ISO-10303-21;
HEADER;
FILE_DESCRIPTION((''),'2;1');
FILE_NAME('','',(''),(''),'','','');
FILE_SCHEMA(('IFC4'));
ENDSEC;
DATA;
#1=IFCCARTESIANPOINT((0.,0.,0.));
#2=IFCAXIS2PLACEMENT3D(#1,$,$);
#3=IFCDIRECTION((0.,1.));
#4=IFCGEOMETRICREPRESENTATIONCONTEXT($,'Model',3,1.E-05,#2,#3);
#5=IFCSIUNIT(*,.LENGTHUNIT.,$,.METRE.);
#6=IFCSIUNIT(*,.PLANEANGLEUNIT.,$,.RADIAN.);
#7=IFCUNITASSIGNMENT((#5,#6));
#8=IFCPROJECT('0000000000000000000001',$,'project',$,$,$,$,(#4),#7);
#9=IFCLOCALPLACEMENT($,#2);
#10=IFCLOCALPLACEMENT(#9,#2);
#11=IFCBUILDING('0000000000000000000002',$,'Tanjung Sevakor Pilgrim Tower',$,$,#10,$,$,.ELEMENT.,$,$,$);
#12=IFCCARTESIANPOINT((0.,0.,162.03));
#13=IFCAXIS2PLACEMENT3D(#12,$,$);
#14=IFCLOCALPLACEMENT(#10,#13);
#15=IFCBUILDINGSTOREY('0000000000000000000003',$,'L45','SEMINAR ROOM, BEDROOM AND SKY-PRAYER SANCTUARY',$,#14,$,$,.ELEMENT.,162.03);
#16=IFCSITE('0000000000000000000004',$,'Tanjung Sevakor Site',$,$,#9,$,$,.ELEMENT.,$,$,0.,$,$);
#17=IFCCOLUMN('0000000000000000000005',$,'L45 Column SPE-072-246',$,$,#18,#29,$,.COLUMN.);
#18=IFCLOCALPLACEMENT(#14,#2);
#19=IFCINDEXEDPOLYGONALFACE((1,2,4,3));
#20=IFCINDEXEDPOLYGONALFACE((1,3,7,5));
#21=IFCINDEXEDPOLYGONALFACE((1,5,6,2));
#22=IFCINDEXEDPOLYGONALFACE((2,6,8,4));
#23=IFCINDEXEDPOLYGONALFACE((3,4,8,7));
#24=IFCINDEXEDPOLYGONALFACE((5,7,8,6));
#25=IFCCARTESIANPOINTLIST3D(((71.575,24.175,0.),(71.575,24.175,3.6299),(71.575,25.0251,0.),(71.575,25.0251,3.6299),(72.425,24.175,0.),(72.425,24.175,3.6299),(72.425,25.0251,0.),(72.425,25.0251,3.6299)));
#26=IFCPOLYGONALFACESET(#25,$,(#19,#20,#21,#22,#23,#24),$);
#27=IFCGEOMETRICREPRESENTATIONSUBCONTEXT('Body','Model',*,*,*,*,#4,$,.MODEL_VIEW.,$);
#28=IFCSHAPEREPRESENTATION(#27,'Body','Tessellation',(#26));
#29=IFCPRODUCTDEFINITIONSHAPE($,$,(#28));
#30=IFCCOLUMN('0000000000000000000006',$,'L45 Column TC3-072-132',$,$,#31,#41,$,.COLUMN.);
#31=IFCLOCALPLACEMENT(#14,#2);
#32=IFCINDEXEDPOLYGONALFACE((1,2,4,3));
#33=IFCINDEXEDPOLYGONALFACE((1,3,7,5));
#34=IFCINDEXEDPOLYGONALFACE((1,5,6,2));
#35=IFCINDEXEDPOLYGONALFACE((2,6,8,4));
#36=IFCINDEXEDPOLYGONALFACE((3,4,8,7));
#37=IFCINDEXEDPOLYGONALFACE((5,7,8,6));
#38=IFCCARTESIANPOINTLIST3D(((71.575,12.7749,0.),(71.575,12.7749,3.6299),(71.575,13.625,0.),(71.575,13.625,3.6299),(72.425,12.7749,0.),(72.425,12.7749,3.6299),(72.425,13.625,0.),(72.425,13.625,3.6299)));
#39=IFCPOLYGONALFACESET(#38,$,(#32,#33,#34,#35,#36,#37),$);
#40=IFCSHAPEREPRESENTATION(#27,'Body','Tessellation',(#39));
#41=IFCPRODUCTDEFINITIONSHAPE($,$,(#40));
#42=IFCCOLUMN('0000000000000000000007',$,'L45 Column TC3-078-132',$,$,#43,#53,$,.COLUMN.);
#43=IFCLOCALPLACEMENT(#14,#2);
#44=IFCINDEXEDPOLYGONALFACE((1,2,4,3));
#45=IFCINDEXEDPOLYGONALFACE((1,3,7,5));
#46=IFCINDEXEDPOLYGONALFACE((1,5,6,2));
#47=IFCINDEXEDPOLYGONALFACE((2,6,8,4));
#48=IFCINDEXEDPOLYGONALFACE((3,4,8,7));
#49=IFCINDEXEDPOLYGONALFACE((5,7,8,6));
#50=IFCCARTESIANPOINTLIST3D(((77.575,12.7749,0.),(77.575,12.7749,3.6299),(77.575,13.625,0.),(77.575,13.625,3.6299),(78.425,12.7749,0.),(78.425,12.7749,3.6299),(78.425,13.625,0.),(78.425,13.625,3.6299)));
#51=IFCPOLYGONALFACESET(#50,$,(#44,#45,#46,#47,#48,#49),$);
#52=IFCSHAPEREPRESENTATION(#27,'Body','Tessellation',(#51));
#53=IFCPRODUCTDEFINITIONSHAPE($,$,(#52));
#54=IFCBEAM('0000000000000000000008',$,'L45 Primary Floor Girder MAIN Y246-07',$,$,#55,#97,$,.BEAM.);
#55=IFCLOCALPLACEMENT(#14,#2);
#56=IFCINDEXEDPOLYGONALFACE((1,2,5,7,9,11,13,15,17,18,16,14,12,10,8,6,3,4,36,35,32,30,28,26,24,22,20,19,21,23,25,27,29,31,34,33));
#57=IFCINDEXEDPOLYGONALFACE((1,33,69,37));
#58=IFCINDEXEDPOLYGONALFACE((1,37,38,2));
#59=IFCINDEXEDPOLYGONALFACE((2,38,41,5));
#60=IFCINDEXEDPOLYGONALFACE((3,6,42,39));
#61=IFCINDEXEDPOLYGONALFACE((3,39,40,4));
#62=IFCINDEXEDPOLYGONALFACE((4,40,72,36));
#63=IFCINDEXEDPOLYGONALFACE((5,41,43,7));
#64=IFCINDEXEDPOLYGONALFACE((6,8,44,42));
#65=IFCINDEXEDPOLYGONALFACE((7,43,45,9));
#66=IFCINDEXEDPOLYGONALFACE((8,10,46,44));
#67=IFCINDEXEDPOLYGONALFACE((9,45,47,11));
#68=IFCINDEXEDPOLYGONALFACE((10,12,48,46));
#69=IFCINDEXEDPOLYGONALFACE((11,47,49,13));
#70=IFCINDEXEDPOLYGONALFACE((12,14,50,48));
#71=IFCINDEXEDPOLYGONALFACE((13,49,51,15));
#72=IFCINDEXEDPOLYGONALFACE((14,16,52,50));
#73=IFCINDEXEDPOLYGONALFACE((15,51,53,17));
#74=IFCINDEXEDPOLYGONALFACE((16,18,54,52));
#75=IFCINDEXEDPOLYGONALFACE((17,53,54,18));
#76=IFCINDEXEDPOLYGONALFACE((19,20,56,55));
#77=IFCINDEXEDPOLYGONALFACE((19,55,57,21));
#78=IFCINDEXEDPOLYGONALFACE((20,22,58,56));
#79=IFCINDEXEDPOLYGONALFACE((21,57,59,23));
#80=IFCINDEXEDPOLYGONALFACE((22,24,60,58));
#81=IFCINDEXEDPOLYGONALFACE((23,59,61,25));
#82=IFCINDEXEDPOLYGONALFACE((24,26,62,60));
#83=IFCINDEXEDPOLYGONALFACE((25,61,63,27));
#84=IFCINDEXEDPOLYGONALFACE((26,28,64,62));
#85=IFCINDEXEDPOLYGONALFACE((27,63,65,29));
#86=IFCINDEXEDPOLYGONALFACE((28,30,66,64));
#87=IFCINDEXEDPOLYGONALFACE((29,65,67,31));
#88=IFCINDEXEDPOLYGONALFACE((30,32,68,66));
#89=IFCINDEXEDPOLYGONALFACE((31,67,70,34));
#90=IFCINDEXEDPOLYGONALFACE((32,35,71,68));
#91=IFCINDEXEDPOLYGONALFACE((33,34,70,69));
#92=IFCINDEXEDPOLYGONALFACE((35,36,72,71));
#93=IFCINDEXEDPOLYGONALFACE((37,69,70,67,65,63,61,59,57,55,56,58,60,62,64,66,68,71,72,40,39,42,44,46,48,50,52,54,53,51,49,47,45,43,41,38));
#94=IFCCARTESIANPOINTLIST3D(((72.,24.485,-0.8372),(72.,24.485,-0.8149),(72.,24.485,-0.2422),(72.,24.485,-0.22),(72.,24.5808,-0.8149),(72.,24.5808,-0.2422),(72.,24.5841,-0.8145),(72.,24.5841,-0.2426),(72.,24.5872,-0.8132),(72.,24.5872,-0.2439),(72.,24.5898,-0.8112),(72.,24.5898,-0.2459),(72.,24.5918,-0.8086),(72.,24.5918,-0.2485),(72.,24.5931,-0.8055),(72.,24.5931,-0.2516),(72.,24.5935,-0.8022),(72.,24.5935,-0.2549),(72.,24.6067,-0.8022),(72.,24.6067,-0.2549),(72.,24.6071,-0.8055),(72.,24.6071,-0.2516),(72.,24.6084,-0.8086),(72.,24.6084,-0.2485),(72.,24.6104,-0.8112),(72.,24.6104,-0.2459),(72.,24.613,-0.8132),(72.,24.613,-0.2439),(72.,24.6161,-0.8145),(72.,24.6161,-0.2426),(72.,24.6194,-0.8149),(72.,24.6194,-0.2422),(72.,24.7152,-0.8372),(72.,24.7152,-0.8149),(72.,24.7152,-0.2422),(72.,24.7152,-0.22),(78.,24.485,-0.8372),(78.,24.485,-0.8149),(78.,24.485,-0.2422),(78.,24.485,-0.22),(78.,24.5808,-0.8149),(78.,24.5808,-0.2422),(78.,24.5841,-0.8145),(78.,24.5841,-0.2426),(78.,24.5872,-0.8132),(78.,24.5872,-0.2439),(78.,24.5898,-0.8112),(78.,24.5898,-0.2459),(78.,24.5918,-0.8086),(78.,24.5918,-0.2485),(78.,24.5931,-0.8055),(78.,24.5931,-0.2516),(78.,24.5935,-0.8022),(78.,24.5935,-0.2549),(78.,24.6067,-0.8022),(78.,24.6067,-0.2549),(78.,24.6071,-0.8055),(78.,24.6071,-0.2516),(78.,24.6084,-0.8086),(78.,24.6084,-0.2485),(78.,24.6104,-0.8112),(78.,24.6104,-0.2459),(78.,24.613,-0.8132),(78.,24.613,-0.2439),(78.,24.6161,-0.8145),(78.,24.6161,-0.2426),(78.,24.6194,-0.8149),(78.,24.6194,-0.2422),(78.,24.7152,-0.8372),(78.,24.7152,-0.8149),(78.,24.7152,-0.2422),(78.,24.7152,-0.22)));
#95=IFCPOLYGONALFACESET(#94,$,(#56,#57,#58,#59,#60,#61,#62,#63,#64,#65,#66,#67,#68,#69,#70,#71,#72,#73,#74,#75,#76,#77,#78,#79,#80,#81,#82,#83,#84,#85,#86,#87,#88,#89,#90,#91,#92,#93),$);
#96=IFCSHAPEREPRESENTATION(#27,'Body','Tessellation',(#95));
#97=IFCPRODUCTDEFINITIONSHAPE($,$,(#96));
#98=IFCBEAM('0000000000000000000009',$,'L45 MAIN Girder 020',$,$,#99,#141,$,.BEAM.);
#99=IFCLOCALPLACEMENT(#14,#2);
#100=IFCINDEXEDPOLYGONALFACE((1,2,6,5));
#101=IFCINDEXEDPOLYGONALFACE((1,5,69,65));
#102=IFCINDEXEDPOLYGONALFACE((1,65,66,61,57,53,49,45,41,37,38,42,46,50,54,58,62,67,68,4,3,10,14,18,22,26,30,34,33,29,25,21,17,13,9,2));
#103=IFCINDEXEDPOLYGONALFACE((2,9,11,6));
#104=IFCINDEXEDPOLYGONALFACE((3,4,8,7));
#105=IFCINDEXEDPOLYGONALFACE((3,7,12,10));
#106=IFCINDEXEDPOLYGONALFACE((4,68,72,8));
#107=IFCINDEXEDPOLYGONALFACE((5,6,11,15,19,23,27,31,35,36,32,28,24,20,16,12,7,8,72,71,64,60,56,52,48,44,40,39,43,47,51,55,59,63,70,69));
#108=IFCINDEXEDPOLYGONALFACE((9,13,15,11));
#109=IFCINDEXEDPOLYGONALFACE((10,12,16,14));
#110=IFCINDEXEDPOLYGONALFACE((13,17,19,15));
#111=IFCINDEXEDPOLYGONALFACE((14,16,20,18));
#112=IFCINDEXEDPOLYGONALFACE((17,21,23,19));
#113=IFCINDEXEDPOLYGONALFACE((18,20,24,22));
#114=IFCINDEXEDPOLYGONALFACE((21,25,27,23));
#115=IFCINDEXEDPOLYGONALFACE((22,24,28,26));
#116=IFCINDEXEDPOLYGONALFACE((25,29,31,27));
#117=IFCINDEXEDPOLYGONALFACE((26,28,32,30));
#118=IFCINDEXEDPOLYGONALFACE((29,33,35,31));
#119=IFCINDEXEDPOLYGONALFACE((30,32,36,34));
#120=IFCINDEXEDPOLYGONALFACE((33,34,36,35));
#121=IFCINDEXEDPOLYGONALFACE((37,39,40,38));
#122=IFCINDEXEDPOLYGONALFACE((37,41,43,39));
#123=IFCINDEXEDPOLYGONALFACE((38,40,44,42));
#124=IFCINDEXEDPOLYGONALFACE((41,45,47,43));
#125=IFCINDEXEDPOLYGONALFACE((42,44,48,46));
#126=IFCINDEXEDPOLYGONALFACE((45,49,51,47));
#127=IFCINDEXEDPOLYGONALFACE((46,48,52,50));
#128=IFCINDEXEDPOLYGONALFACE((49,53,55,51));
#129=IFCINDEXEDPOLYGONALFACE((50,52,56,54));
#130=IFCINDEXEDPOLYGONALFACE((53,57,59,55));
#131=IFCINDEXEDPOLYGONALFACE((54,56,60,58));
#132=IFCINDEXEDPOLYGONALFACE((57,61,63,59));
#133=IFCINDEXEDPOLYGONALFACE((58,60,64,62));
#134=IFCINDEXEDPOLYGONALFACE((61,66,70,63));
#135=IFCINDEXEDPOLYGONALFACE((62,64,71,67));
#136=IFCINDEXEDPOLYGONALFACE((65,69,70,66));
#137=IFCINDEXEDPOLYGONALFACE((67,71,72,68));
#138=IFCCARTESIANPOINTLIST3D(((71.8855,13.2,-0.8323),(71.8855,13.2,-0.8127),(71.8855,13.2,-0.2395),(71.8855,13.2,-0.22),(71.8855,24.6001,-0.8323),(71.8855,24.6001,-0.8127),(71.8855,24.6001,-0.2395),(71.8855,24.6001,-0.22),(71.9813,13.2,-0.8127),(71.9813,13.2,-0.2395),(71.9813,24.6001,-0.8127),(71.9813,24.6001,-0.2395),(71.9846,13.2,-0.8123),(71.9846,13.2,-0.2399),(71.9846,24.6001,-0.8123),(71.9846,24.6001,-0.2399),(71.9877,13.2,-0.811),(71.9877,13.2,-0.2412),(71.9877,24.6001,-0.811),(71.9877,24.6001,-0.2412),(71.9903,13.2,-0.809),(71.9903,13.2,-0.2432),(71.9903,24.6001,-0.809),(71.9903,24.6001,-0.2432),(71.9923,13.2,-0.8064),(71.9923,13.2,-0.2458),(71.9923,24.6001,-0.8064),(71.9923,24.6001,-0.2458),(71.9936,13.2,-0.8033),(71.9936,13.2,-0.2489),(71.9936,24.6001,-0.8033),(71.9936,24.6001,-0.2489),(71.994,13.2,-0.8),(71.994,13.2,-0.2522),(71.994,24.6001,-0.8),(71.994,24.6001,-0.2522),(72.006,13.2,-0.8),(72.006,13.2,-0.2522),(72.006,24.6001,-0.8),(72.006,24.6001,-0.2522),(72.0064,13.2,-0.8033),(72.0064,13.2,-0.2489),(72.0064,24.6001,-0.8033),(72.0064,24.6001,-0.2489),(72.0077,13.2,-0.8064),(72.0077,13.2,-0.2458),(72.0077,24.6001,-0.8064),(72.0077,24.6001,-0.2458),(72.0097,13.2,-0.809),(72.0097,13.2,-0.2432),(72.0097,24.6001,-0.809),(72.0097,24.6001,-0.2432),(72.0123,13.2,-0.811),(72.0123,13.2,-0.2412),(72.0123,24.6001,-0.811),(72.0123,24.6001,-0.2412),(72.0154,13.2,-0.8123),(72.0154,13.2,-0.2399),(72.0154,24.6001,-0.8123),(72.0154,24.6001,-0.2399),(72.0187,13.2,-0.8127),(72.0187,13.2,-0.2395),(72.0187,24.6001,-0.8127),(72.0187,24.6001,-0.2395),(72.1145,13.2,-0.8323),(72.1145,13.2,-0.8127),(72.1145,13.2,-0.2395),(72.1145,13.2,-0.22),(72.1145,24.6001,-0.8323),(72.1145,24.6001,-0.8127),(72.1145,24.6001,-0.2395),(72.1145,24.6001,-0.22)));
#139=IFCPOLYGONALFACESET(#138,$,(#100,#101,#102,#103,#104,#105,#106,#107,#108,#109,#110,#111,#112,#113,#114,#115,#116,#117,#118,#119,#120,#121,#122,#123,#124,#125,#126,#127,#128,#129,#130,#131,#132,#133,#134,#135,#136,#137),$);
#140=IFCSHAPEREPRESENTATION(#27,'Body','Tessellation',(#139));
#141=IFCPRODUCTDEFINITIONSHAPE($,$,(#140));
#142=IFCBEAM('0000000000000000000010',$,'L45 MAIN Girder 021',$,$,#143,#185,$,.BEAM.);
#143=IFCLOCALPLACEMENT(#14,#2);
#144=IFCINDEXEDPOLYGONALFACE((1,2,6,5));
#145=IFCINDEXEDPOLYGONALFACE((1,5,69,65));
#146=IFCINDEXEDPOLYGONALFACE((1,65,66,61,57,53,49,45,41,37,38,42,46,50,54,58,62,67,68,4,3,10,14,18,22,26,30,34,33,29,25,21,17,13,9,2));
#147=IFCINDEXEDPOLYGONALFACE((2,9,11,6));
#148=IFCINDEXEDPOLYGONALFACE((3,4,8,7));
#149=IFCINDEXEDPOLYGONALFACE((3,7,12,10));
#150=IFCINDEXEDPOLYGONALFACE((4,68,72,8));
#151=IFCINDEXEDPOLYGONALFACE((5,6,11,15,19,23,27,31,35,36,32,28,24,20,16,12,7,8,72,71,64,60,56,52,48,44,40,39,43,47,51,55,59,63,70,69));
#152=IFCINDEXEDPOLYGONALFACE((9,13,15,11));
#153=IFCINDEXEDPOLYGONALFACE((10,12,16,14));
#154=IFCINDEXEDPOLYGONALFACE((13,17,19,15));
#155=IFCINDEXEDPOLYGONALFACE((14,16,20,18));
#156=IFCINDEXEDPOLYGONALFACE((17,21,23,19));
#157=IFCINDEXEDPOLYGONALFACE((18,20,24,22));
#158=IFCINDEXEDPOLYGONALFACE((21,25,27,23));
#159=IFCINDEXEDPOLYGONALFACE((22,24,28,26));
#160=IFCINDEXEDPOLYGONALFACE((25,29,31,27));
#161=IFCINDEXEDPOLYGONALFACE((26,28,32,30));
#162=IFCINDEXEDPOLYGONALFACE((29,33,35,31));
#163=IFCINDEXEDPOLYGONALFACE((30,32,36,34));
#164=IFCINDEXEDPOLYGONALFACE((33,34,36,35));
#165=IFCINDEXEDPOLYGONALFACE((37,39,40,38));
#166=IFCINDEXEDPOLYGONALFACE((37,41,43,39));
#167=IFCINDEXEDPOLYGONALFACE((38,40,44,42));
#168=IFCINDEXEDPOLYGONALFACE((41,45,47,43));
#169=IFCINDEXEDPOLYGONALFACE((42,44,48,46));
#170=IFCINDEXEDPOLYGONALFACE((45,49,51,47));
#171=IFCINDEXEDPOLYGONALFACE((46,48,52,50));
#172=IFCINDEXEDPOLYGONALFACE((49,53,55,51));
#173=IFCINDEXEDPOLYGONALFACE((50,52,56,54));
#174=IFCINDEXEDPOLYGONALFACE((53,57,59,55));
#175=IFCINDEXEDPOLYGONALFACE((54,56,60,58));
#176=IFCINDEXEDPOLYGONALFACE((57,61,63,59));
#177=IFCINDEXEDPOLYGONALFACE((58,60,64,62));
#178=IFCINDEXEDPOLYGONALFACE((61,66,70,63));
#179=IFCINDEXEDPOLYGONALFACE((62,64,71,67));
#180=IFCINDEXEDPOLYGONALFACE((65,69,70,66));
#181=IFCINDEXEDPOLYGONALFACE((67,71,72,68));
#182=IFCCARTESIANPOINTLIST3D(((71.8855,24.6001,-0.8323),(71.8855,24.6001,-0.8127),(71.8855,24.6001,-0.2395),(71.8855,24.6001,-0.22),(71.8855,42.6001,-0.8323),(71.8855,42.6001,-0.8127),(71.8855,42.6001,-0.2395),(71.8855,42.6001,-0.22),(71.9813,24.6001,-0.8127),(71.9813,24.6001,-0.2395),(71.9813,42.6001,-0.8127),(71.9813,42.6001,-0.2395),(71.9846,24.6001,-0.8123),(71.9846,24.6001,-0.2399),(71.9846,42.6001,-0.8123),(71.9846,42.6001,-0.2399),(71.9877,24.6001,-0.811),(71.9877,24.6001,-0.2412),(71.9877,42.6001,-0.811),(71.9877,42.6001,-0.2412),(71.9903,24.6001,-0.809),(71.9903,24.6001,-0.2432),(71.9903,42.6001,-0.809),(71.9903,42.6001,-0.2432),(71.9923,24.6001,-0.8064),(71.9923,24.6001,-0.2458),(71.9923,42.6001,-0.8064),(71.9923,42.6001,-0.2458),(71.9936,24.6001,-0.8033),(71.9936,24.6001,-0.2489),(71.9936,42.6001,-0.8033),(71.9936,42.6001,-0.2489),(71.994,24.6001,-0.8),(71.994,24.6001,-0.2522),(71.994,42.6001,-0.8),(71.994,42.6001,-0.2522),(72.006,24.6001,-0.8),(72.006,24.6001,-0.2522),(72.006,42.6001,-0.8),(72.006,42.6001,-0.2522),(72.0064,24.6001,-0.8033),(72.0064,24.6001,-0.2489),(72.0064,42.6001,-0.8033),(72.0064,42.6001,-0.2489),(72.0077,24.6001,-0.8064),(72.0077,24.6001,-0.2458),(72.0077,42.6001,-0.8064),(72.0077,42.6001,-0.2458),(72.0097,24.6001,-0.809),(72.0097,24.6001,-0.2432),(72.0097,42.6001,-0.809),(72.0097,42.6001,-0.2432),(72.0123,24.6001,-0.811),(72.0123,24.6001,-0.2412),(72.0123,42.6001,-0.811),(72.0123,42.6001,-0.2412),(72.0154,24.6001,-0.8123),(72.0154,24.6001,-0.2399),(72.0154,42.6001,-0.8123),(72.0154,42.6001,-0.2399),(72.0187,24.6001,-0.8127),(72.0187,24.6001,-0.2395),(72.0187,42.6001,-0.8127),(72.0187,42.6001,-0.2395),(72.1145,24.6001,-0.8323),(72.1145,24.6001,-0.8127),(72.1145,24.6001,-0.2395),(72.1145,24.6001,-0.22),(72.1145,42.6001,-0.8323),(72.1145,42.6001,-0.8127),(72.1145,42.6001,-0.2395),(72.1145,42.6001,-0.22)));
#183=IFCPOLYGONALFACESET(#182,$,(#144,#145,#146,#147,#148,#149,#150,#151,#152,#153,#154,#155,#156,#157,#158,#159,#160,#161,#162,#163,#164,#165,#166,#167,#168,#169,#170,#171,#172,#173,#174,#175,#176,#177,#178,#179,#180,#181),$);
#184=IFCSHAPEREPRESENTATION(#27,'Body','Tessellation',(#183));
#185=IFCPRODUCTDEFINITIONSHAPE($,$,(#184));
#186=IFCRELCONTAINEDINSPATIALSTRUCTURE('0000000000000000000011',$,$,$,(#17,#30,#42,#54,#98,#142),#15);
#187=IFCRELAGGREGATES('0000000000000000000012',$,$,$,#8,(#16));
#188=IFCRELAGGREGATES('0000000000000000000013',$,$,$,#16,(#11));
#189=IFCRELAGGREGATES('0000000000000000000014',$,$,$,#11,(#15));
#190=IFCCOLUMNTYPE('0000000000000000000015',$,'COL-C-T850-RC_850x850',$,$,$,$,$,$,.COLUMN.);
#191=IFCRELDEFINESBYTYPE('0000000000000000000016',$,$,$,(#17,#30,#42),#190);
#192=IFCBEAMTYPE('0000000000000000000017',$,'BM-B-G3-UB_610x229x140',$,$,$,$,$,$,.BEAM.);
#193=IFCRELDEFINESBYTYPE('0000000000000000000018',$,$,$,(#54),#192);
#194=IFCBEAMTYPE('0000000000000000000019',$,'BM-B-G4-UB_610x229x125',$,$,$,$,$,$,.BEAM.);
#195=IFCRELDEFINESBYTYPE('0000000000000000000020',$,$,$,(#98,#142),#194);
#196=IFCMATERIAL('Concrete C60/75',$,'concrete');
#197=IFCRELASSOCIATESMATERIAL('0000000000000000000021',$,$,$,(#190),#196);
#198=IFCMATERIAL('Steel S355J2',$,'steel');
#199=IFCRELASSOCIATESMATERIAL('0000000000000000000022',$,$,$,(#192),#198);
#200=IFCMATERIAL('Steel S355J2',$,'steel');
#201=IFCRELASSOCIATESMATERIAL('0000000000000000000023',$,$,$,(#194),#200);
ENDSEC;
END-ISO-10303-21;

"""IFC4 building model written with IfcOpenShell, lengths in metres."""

from ifc_helpers import new_model, si_unit, direction, frame, origin, origin_2d, place, context, subcontext, project, spatial, rectangle, i_section, extrude, material, material_profile, profile_set, type_object, element, save


model = new_model("IFC4")

# Units and contexts
model_context = context("Model", 3, precision=1e-05, world=origin(), true_north=direction((0.0, 1.0)))
body_context = subcontext(model_context, "Body", "Model", "MODEL_VIEW")
ifc_project = project(units=[si_unit("LENGTHUNIT", "METRE"), si_unit("PLANEANGLEUNIT", "RADIAN")], contexts=[model_context])

# Site, building, storey
site_placement = place(None, origin())
site = spatial("IfcSite", under=ifc_project, at=site_placement, Name="Tanjung Sevakor Site", CompositionType="ELEMENT", RefElevation=0.0)
building_placement = place(site_placement, origin())
building = spatial("IfcBuilding", under=site, at=building_placement, Name="Tanjung Sevakor Pilgrim Tower", CompositionType="ELEMENT")
storey_placement = place(building_placement, frame((0.0, 0.0, 162.03)))
storey = spatial("IfcBuildingStorey", under=building, at=storey_placement, Name="L45", Description="SEMINAR ROOM, BEDROOM AND SKY-PRAYER SANCTUARY", CompositionType="ELEMENT", Elevation=162.03)

# Columns
ifc_material_1 = material(Name="Concrete C60/75", Category="concrete")
ifc_material_profile_1 = material_profile(ifc_material_1, rectangle(XDim=0.8501, YDim=0.8501, at=origin_2d()))
ifc_profile_set_1 = profile_set([ifc_material_profile_1], Name="Concrete C60/75")
column_type = type_object("IfcColumnType", Name="COL-C-T850-RC_850x850", PredefinedType="COLUMN", material=ifc_profile_set_1)
for number, where, z_axis, x_axis, name in (
    (1, (72.0, 24.6001, 0.0), (0.0, 0.0, 1.0), (1.0, 0.0, 0.0), "L45 Column SPE-072-246"),
    (2, (72.0, 13.2, 0.0), (0.0, 0.0, 1.0), (1.0, 0.0, 0.0), "L45 Column TC3-072-132"),
    (3, (78.0, 13.2, 0.0), (0.0, 0.0, 1.0), (1.0, 0.0, 0.0), "L45 Column TC3-078-132"),
):
    element("IfcColumn", number, at=place(storey_placement, frame(where, z_axis=z_axis, x_axis=x_axis)), inside=storey, type_object=column_type, Name=name, PredefinedType="COLUMN", context=body_context, shape_type="SweptSolid", body=[
        extrude(rectangle(XDim=0.8501, YDim=0.8501, at=origin_2d()), origin(), (0.0, 0.0, 1.0), 3.6299),
    ])

# Beams
ifc_material_2 = material(Name="Steel S355J2", Category="steel")
ifc_material_profile_2 = material_profile(ifc_material_2, i_section(OverallWidth=0.2302, OverallDepth=0.6172, WebThickness=0.0132, FlangeThickness=0.0222, FilletRadius=0.0127, at=origin_2d()))
ifc_profile_set_2 = profile_set([ifc_material_profile_2], Name="Steel S355J2")
beam_type_1 = type_object("IfcBeamType", Name="BM-B-G3-UB_610x229x140", PredefinedType="BEAM", material=ifc_profile_set_2)
beam_1_placement = place(storey_placement, frame((72.0, 24.6001, -0.5286), z_axis=(1.0, 0.0, 0.0), x_axis=(0.0, 1.0, 0.0)))
element("IfcBeam", 4, at=beam_1_placement, inside=storey, type_object=beam_type_1, Name="L45 Primary Floor Girder MAIN Y246-07", PredefinedType="BEAM", context=body_context, shape_type="SweptSolid", body=[
    extrude(i_section(OverallWidth=0.2302, OverallDepth=0.6172, WebThickness=0.0132, FlangeThickness=0.0222, FilletRadius=0.0127, at=origin_2d()), origin(), (0.0, 0.0, 1.0), 6.0),
])
ifc_material_3 = material(Name="Steel S355J2", Category="steel")
ifc_material_profile_3 = material_profile(ifc_material_3, i_section(OverallWidth=0.229, OverallDepth=0.6123, WebThickness=0.012, FlangeThickness=0.0195, FilletRadius=0.0127, at=origin_2d()))
ifc_profile_set_3 = profile_set([ifc_material_profile_3], Name="Steel S355J2")
beam_type_2 = type_object("IfcBeamType", Name="BM-B-G4-UB_610x229x125", PredefinedType="BEAM", material=ifc_profile_set_3)
beam_2_placement = place(storey_placement, frame((72.0, 13.2, -0.5261), z_axis=(0.0, 1.0, 0.0), x_axis=(-1.0, 0.0, 0.0)))
element("IfcBeam", 5, at=beam_2_placement, inside=storey, type_object=beam_type_2, Name="L45 MAIN Girder 020", PredefinedType="BEAM", context=body_context, shape_type="SweptSolid", body=[
    extrude(i_section(OverallWidth=0.229, OverallDepth=0.6123, WebThickness=0.012, FlangeThickness=0.0195, FilletRadius=0.0127, at=origin_2d()), origin(), (0.0, 0.0, 1.0), 11.4001),
])
beam_3_placement = place(storey_placement, frame((72.0, 24.6001, -0.5261), z_axis=(0.0, 1.0, 0.0), x_axis=(-1.0, 0.0, 0.0)))
element("IfcBeam", 6, at=beam_3_placement, inside=storey, type_object=beam_type_2, Name="L45 MAIN Girder 021", PredefinedType="BEAM", context=body_context, shape_type="SweptSolid", body=[
    extrude(i_section(OverallWidth=0.229, OverallDepth=0.6123, WebThickness=0.012, FlangeThickness=0.0195, FilletRadius=0.0127, at=origin_2d()), origin(), (0.0, 0.0, 1.0), 18.0),
])

save(model, "model.ifc")
